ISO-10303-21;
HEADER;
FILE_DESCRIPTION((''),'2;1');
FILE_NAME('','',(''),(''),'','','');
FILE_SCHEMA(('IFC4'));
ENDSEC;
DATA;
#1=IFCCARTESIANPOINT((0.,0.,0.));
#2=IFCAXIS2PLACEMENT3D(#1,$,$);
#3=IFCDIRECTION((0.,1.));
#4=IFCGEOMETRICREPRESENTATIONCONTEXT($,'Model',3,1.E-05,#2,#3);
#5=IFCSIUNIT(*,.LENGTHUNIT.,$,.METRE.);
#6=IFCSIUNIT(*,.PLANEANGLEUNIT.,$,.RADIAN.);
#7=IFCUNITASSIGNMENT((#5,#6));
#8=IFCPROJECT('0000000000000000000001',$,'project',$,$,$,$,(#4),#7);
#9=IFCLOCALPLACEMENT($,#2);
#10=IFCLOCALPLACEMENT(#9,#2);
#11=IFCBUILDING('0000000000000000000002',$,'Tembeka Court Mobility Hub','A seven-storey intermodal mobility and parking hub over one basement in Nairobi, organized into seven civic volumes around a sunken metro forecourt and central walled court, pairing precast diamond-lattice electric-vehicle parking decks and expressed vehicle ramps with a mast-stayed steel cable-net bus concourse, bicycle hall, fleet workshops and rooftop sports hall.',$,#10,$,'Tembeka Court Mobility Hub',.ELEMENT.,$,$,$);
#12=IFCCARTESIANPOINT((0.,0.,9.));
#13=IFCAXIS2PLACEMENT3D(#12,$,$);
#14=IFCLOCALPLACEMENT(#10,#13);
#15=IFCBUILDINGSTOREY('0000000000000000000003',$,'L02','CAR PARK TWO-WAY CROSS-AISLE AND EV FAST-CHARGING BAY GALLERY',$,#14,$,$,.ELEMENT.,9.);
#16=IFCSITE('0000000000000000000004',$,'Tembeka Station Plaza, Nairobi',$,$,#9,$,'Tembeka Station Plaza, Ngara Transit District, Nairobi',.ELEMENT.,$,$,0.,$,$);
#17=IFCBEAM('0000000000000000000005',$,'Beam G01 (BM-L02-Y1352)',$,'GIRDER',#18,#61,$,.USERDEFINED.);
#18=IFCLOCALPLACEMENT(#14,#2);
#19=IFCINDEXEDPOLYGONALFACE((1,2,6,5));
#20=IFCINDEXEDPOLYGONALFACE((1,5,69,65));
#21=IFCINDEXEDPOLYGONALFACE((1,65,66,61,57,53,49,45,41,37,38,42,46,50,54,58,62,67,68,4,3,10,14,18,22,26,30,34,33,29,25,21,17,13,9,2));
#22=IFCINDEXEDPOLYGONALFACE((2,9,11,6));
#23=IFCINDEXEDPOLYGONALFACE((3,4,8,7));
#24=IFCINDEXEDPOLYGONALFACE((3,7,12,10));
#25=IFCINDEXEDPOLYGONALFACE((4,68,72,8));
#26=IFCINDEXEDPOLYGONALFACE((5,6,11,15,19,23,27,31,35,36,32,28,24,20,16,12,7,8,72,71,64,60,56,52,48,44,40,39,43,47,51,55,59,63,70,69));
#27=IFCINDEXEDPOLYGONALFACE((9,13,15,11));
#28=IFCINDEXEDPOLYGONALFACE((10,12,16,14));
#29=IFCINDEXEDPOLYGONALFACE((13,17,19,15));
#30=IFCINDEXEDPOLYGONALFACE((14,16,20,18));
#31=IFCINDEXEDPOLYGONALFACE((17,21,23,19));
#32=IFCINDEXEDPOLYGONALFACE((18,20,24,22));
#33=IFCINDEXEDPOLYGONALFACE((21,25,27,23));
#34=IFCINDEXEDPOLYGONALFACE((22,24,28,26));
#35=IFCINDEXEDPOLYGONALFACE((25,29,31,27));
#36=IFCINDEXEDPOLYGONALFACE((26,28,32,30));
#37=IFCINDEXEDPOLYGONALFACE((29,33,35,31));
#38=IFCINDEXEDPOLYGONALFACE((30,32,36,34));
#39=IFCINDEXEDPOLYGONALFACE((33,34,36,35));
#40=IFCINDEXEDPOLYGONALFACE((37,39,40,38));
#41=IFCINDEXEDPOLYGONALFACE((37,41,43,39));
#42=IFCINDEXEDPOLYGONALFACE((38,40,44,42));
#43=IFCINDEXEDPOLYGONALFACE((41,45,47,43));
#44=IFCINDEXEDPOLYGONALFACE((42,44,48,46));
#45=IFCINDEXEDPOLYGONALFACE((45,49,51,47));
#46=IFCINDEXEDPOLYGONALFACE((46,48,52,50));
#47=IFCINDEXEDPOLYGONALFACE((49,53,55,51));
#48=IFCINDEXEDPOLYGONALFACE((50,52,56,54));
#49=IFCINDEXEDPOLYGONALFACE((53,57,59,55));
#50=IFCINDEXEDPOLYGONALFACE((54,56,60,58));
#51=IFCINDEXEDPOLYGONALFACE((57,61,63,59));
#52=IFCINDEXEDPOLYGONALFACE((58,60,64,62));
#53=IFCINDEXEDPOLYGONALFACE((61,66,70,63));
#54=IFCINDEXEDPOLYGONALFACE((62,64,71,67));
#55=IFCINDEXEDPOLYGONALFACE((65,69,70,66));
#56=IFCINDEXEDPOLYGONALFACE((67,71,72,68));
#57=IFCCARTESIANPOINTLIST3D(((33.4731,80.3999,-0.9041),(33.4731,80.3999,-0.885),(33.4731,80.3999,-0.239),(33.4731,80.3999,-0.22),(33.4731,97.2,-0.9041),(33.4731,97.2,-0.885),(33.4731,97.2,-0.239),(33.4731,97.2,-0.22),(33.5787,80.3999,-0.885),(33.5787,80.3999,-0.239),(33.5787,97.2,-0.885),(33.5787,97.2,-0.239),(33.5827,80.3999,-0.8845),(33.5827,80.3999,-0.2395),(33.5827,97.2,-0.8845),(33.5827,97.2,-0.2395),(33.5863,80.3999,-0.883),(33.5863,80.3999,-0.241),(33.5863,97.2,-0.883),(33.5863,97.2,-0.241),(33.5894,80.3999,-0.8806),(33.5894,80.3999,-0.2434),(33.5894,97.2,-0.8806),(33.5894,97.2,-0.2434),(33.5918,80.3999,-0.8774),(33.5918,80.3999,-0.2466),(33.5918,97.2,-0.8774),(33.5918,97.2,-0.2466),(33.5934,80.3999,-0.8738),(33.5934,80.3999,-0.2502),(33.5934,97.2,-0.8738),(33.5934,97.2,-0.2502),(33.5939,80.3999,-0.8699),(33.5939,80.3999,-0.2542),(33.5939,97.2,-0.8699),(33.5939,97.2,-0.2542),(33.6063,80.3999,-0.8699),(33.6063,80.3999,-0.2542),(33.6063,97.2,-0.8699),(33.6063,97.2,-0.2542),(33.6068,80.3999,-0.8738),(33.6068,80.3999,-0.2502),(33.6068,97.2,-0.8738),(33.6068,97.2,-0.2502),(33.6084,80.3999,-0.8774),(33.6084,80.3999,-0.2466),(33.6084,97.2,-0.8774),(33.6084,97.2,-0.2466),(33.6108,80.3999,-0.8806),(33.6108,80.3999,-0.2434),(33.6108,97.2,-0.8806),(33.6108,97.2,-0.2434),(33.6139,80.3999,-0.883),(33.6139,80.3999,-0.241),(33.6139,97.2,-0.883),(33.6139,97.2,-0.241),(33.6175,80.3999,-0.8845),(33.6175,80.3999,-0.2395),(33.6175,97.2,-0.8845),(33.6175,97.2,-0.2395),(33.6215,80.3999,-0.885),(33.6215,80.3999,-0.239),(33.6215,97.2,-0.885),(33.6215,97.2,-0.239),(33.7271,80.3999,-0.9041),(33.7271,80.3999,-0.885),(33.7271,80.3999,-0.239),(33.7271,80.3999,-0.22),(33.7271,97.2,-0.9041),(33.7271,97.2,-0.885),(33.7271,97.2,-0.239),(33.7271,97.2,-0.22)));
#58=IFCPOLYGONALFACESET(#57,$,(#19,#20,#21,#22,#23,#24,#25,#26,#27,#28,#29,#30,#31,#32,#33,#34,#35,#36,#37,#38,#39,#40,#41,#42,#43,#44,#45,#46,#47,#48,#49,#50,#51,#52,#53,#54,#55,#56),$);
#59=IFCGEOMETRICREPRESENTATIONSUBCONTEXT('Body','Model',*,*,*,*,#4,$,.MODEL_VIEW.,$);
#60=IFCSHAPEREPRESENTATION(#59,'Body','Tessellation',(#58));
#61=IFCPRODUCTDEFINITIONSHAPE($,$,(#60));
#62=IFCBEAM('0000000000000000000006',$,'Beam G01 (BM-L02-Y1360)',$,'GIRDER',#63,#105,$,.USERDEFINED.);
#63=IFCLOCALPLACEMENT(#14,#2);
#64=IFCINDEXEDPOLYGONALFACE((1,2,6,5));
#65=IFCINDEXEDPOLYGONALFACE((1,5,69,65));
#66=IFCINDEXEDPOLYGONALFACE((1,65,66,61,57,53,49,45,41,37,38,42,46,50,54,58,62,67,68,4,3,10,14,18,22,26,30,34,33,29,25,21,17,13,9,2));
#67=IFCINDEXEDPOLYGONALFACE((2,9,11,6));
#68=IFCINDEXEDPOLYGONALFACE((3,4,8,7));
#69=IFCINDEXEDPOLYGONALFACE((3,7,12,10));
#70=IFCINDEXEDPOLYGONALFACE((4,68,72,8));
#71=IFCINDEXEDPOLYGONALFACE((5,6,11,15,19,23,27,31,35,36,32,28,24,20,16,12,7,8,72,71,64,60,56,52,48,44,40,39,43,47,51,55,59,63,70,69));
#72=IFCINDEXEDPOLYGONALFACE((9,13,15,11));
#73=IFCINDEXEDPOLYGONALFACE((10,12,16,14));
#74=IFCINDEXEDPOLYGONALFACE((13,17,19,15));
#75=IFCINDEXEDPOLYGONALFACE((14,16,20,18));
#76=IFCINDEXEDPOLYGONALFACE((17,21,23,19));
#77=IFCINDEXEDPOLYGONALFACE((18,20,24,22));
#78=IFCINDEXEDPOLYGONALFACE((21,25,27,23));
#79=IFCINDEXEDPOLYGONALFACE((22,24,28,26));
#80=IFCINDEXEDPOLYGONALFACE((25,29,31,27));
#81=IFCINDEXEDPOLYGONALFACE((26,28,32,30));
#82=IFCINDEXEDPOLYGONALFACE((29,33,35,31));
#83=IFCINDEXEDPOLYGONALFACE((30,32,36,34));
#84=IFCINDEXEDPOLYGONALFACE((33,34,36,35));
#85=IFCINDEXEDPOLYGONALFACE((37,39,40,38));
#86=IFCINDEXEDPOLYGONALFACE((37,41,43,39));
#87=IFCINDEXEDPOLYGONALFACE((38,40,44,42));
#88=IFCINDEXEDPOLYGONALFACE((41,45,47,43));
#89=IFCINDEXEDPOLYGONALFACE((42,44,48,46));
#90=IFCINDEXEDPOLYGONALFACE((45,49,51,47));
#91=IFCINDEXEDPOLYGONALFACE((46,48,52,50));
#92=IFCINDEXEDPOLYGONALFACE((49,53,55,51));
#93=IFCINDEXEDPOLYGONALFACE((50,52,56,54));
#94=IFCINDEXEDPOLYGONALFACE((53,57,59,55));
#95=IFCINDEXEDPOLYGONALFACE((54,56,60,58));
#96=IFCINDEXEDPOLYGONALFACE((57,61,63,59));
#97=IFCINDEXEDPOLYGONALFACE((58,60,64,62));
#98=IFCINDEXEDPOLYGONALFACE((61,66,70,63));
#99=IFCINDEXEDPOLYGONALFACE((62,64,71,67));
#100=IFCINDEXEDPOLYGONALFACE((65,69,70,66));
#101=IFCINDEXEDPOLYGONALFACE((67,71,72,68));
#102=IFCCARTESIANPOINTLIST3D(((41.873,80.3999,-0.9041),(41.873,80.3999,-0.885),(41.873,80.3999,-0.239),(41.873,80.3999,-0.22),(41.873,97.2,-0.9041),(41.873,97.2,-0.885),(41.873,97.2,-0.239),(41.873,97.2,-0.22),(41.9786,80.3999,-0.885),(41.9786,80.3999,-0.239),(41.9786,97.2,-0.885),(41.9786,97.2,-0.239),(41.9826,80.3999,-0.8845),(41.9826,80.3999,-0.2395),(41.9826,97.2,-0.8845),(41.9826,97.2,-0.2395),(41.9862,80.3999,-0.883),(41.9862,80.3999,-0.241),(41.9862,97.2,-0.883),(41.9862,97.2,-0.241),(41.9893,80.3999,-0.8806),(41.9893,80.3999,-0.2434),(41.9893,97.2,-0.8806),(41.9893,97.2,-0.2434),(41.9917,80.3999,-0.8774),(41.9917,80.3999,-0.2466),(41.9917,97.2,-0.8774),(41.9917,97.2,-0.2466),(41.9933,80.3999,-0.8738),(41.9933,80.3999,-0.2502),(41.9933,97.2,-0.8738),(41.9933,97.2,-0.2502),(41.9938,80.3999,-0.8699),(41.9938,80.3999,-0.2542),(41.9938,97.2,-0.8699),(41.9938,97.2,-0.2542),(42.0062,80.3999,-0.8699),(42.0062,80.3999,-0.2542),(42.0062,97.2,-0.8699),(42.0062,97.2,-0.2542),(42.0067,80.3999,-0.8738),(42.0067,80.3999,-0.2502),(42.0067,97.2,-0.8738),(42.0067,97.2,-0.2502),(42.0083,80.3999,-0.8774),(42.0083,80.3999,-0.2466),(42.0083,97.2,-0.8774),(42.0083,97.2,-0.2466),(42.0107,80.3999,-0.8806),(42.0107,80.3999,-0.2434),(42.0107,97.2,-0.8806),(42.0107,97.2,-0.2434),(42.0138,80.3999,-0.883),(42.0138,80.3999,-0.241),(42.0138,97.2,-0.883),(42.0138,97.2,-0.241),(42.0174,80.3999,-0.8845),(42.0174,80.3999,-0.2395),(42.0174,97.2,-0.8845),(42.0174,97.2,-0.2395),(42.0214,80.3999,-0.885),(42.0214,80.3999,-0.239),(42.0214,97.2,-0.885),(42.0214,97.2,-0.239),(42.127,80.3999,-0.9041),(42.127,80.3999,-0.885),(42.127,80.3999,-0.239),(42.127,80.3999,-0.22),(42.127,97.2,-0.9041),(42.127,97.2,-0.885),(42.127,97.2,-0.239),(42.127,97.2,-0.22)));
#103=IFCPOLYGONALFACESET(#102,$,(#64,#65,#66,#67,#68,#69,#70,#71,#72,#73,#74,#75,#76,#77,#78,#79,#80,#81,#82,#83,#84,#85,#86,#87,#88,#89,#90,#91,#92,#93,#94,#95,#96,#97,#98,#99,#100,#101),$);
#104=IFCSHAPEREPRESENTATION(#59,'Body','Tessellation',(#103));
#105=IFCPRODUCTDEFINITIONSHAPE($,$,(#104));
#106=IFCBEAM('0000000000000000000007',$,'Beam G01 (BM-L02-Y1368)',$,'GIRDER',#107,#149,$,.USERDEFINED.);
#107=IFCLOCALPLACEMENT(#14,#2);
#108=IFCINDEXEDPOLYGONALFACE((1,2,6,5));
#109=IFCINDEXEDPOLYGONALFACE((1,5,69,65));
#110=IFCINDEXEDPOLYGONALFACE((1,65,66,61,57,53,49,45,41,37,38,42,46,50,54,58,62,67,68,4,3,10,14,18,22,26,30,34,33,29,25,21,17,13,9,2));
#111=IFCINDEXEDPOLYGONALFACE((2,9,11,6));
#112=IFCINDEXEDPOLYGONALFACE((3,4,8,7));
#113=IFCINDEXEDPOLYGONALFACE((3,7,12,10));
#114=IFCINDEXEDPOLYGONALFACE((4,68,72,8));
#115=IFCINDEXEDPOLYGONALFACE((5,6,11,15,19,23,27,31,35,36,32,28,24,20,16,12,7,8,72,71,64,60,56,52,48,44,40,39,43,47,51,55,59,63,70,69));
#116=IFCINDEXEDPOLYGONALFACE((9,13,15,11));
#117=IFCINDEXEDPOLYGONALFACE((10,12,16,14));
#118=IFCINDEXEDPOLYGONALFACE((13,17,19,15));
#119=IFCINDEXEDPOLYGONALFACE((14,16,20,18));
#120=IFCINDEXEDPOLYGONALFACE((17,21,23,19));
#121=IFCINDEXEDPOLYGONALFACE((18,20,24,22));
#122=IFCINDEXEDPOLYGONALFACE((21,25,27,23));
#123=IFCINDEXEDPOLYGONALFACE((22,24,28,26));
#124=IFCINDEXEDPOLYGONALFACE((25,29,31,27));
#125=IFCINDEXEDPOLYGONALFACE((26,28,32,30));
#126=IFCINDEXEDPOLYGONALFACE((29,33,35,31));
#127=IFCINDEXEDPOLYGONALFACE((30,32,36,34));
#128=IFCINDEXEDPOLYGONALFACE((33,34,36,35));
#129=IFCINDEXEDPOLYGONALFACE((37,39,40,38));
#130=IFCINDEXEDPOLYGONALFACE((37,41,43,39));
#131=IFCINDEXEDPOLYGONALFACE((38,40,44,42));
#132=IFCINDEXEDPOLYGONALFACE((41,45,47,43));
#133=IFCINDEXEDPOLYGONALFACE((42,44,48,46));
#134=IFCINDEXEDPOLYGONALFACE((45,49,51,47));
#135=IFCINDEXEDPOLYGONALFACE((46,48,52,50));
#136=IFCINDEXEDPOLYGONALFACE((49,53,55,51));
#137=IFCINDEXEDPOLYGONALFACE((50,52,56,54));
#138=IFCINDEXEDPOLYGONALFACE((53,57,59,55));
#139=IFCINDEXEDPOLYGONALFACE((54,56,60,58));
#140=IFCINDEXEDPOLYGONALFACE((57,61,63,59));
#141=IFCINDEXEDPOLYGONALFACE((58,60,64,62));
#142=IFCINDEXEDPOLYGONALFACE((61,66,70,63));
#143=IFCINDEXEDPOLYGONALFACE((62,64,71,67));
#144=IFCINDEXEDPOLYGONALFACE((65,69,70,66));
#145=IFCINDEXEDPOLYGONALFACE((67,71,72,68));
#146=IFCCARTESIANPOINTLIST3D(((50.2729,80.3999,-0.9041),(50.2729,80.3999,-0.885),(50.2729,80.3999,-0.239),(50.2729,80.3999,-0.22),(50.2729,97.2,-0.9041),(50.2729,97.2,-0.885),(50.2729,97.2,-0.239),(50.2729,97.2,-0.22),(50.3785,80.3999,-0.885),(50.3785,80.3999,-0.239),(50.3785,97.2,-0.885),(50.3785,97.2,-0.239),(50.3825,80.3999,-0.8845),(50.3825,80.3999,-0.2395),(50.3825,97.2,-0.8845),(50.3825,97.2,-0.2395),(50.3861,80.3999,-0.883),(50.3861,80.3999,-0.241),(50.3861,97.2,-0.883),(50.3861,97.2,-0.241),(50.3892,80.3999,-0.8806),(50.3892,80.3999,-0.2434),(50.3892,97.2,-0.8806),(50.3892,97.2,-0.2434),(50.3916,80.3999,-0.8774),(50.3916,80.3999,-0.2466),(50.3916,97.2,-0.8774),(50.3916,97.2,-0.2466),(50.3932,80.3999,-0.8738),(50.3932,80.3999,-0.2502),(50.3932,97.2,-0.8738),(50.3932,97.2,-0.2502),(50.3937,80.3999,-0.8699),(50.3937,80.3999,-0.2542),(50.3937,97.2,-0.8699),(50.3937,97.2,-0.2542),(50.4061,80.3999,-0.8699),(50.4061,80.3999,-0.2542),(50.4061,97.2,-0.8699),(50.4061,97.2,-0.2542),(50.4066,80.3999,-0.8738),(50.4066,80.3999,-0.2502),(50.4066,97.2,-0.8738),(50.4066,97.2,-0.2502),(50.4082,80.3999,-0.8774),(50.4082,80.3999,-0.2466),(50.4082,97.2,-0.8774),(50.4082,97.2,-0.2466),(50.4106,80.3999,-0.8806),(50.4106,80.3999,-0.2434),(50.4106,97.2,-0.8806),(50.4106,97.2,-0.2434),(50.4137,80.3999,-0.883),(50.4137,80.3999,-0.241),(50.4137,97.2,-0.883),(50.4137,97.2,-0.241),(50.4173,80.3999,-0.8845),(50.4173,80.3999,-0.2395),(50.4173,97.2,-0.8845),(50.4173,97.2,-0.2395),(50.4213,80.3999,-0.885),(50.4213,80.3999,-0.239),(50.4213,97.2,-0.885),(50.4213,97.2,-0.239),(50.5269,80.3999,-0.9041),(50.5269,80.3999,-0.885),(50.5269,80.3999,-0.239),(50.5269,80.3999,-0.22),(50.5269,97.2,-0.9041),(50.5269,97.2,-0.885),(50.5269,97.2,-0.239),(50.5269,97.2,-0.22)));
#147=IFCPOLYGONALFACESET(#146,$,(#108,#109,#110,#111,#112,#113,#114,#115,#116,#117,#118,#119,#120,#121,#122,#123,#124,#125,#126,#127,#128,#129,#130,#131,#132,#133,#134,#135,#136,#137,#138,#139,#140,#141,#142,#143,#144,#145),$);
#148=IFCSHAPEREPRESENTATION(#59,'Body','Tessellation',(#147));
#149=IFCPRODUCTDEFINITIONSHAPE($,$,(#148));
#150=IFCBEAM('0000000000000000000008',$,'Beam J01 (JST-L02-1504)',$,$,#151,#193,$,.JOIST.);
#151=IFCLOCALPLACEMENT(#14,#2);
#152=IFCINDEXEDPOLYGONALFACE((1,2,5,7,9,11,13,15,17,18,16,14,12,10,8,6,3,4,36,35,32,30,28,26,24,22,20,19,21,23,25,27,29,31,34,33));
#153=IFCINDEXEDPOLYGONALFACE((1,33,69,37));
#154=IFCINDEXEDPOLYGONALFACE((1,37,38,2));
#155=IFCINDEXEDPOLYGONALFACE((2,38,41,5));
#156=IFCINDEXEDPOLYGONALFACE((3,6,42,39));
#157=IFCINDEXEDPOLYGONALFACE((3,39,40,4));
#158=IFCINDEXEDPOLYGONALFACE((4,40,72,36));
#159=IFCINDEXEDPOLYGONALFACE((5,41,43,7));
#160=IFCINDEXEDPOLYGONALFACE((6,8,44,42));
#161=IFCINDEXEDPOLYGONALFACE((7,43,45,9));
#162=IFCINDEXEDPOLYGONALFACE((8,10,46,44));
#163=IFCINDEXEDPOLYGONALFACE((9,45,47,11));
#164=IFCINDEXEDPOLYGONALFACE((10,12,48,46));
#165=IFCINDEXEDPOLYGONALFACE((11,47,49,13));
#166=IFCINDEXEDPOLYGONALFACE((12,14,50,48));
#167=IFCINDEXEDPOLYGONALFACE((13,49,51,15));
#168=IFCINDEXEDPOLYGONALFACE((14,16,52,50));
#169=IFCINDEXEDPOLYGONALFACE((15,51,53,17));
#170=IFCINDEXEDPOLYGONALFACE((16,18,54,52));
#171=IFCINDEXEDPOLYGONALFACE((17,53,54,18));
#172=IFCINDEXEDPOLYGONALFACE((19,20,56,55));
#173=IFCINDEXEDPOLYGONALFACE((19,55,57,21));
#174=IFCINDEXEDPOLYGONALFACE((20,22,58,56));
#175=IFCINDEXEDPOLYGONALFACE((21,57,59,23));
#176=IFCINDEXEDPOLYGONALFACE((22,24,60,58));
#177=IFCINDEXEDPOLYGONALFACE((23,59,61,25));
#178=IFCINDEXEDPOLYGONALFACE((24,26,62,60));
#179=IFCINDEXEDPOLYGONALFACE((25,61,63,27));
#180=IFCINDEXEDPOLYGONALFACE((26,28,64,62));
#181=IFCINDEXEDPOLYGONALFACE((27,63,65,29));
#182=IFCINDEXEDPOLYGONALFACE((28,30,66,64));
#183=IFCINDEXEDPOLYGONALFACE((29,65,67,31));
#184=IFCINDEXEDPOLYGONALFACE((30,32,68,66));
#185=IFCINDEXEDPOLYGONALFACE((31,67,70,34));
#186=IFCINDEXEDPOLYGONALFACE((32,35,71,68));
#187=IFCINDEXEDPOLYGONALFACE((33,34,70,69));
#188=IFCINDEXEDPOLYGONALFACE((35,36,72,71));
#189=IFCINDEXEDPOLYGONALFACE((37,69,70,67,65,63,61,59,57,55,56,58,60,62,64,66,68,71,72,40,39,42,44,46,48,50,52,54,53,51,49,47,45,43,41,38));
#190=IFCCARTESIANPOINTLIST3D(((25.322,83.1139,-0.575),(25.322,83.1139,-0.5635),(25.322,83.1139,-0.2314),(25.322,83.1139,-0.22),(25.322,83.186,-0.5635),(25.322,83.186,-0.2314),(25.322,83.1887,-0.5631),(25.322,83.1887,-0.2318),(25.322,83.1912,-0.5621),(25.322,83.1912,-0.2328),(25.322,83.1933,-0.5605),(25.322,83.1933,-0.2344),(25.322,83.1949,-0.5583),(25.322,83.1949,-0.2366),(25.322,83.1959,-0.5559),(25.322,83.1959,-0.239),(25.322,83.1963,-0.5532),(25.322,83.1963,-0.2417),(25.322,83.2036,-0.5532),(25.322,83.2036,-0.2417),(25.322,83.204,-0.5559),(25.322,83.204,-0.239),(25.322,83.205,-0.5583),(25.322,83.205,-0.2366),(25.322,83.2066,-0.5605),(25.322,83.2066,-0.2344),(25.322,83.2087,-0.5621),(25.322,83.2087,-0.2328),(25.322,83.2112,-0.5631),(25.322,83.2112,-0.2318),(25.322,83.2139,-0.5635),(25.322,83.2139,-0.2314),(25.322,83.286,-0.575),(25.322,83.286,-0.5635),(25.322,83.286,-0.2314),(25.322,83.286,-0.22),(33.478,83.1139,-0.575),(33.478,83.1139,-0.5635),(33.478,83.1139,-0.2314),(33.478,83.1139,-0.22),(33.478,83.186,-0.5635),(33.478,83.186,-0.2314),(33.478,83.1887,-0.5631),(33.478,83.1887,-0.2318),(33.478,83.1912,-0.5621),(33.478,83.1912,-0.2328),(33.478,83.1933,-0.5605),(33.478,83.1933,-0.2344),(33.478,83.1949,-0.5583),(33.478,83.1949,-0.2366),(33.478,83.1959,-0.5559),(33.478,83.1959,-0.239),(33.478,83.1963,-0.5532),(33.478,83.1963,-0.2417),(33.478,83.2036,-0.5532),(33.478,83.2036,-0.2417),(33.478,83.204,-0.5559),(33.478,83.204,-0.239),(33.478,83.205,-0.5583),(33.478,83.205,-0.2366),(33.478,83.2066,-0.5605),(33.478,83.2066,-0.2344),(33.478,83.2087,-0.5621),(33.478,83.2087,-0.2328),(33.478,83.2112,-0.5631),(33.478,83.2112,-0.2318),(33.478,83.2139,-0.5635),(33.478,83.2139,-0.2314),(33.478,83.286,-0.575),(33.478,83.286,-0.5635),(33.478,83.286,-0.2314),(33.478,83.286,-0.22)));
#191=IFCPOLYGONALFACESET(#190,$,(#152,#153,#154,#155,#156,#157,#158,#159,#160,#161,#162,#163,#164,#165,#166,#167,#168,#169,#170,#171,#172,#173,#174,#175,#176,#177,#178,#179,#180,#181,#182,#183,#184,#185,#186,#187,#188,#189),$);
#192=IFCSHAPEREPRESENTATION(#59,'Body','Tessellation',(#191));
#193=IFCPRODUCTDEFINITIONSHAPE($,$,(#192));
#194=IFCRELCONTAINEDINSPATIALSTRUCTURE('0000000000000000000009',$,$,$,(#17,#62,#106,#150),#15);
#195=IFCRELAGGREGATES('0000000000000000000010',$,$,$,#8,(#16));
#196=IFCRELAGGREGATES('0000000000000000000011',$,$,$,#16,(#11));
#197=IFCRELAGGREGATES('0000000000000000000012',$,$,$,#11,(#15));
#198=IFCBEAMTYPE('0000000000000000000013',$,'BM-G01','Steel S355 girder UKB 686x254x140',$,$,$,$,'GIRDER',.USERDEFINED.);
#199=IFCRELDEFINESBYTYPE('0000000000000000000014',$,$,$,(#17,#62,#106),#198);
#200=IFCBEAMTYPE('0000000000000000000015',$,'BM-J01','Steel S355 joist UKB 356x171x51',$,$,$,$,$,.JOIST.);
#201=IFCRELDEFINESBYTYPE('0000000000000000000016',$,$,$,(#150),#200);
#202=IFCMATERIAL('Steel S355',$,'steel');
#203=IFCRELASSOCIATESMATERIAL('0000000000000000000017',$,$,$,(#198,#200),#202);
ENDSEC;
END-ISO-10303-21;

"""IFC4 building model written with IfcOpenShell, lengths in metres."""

from ifc_helpers import new_model, si_unit, direction, frame, origin, origin_2d, place, context, subcontext, project, spatial, i_section, extrude, material, material_profile, profile_set, type_object, element, save


model = new_model("IFC4")

# Units and contexts
model_context = context("Model", 3, precision=1e-05, world=origin(), true_north=direction((0.0, 1.0)))
body_context = subcontext(model_context, "Body", "Model", "MODEL_VIEW")
ifc_project = project(units=[si_unit("LENGTHUNIT", "METRE"), si_unit("PLANEANGLEUNIT", "RADIAN")], contexts=[model_context])

# Site, building, storey
site_placement = place(None, origin())
site = spatial("IfcSite", under=ifc_project, at=site_placement, Name="Tembeka Station Plaza, Nairobi", LongName="Tembeka Station Plaza, Ngara Transit District, Nairobi", CompositionType="ELEMENT", RefElevation=0.0)
building_placement = place(site_placement, origin())
building = spatial("IfcBuilding", under=site, at=building_placement, Name="Tembeka Court Mobility Hub", Description="A seven-storey intermodal mobility and parking hub over one basement in Nairobi, organized into seven civic volumes around a sunken metro forecourt and central walled court, pairing precast diamond-lattice electric-vehicle parking decks and expressed vehicle ramps with a mast-stayed steel cable-net bus concourse, bicycle hall, fleet workshops and rooftop sports hall.", LongName="Tembeka Court Mobility Hub", CompositionType="ELEMENT")
storey_placement = place(building_placement, frame((0.0, 0.0, 9.0)))
storey = spatial("IfcBuildingStorey", under=building, at=storey_placement, Name="L02", Description="CAR PARK TWO-WAY CROSS-AISLE AND EV FAST-CHARGING BAY GALLERY", CompositionType="ELEMENT", Elevation=9.0)

# Shared definitions
ifc_material_1 = material(Name="Steel S355", Category="steel")

# Beams
ifc_material_profile_1 = material_profile(ifc_material_1, i_section(OverallWidth=0.2539, OverallDepth=0.6841, WebThickness=0.0125, FlangeThickness=0.019, FilletRadius=0.0151, at=origin_2d()), Name="UKB 686x254x140")
ifc_profile_set_1 = profile_set([ifc_material_profile_1], Name="Steel S355")
beam_type_1 = type_object("IfcBeamType", Name="BM-G01", Description="Steel S355 girder UKB 686x254x140", ElementType="GIRDER", PredefinedType="USERDEFINED", material=ifc_profile_set_1)
for number, where, z_axis, x_axis, name in (
    (1, (33.6001, 80.3999, -0.562), (0.0, 1.0, 0.0), (-1.0, 0.0, 0.0), "Beam G01 (BM-L02-Y1352)"),
    (2, (42.0, 80.3999, -0.562), (0.0, 1.0, 0.0), (-1.0, 0.0, 0.0), "Beam G01 (BM-L02-Y1360)"),
    (3, (50.3999, 80.3999, -0.562), (0.0, 1.0, 0.0), (-1.0, 0.0, 0.0), "Beam G01 (BM-L02-Y1368)"),
):
    element("IfcBeam", number, at=place(storey_placement, frame(where, z_axis=z_axis, x_axis=x_axis)), inside=storey, type_object=beam_type_1, Name=name, ObjectType="GIRDER", PredefinedType="USERDEFINED", context=body_context, shape_type="SweptSolid", body=[
        extrude(i_section(OverallWidth=0.2539, OverallDepth=0.6841, WebThickness=0.0125, FlangeThickness=0.019, FilletRadius=0.0151, at=origin_2d()), origin(), (0.0, 0.0, 1.0), 16.8),
    ])
ifc_material_profile_2 = material_profile(ifc_material_1, i_section(OverallWidth=0.1721, OverallDepth=0.355, WebThickness=0.0073, FlangeThickness=0.0115, FilletRadius=0.0103, at=origin_2d()), Name="UKB 356x171x51")
ifc_profile_set_2 = profile_set([ifc_material_profile_2], Name="Steel S355")
beam_type_2 = type_object("IfcBeamType", Name="BM-J01", Description="Steel S355 joist UKB 356x171x51", PredefinedType="JOIST", material=ifc_profile_set_2)
for number, where, z_axis, x_axis, name in (
    (4, (25.322, 83.2, -0.3975), (1.0, 0.0, 0.0), (0.0, 1.0, 0.0), "Beam J01 (JST-L02-1504)"),
):
    element("IfcBeam", number, at=place(storey_placement, frame(where, z_axis=z_axis, x_axis=x_axis)), inside=storey, type_object=beam_type_2, Name=name, PredefinedType="JOIST", context=body_context, shape_type="SweptSolid", body=[
        extrude(i_section(OverallWidth=0.1721, OverallDepth=0.355, WebThickness=0.0073, FlangeThickness=0.0115, FilletRadius=0.0103, at=origin_2d()), origin(), (0.0, 0.0, 1.0), 8.156),
    ])

save(model, "model.ifc")
